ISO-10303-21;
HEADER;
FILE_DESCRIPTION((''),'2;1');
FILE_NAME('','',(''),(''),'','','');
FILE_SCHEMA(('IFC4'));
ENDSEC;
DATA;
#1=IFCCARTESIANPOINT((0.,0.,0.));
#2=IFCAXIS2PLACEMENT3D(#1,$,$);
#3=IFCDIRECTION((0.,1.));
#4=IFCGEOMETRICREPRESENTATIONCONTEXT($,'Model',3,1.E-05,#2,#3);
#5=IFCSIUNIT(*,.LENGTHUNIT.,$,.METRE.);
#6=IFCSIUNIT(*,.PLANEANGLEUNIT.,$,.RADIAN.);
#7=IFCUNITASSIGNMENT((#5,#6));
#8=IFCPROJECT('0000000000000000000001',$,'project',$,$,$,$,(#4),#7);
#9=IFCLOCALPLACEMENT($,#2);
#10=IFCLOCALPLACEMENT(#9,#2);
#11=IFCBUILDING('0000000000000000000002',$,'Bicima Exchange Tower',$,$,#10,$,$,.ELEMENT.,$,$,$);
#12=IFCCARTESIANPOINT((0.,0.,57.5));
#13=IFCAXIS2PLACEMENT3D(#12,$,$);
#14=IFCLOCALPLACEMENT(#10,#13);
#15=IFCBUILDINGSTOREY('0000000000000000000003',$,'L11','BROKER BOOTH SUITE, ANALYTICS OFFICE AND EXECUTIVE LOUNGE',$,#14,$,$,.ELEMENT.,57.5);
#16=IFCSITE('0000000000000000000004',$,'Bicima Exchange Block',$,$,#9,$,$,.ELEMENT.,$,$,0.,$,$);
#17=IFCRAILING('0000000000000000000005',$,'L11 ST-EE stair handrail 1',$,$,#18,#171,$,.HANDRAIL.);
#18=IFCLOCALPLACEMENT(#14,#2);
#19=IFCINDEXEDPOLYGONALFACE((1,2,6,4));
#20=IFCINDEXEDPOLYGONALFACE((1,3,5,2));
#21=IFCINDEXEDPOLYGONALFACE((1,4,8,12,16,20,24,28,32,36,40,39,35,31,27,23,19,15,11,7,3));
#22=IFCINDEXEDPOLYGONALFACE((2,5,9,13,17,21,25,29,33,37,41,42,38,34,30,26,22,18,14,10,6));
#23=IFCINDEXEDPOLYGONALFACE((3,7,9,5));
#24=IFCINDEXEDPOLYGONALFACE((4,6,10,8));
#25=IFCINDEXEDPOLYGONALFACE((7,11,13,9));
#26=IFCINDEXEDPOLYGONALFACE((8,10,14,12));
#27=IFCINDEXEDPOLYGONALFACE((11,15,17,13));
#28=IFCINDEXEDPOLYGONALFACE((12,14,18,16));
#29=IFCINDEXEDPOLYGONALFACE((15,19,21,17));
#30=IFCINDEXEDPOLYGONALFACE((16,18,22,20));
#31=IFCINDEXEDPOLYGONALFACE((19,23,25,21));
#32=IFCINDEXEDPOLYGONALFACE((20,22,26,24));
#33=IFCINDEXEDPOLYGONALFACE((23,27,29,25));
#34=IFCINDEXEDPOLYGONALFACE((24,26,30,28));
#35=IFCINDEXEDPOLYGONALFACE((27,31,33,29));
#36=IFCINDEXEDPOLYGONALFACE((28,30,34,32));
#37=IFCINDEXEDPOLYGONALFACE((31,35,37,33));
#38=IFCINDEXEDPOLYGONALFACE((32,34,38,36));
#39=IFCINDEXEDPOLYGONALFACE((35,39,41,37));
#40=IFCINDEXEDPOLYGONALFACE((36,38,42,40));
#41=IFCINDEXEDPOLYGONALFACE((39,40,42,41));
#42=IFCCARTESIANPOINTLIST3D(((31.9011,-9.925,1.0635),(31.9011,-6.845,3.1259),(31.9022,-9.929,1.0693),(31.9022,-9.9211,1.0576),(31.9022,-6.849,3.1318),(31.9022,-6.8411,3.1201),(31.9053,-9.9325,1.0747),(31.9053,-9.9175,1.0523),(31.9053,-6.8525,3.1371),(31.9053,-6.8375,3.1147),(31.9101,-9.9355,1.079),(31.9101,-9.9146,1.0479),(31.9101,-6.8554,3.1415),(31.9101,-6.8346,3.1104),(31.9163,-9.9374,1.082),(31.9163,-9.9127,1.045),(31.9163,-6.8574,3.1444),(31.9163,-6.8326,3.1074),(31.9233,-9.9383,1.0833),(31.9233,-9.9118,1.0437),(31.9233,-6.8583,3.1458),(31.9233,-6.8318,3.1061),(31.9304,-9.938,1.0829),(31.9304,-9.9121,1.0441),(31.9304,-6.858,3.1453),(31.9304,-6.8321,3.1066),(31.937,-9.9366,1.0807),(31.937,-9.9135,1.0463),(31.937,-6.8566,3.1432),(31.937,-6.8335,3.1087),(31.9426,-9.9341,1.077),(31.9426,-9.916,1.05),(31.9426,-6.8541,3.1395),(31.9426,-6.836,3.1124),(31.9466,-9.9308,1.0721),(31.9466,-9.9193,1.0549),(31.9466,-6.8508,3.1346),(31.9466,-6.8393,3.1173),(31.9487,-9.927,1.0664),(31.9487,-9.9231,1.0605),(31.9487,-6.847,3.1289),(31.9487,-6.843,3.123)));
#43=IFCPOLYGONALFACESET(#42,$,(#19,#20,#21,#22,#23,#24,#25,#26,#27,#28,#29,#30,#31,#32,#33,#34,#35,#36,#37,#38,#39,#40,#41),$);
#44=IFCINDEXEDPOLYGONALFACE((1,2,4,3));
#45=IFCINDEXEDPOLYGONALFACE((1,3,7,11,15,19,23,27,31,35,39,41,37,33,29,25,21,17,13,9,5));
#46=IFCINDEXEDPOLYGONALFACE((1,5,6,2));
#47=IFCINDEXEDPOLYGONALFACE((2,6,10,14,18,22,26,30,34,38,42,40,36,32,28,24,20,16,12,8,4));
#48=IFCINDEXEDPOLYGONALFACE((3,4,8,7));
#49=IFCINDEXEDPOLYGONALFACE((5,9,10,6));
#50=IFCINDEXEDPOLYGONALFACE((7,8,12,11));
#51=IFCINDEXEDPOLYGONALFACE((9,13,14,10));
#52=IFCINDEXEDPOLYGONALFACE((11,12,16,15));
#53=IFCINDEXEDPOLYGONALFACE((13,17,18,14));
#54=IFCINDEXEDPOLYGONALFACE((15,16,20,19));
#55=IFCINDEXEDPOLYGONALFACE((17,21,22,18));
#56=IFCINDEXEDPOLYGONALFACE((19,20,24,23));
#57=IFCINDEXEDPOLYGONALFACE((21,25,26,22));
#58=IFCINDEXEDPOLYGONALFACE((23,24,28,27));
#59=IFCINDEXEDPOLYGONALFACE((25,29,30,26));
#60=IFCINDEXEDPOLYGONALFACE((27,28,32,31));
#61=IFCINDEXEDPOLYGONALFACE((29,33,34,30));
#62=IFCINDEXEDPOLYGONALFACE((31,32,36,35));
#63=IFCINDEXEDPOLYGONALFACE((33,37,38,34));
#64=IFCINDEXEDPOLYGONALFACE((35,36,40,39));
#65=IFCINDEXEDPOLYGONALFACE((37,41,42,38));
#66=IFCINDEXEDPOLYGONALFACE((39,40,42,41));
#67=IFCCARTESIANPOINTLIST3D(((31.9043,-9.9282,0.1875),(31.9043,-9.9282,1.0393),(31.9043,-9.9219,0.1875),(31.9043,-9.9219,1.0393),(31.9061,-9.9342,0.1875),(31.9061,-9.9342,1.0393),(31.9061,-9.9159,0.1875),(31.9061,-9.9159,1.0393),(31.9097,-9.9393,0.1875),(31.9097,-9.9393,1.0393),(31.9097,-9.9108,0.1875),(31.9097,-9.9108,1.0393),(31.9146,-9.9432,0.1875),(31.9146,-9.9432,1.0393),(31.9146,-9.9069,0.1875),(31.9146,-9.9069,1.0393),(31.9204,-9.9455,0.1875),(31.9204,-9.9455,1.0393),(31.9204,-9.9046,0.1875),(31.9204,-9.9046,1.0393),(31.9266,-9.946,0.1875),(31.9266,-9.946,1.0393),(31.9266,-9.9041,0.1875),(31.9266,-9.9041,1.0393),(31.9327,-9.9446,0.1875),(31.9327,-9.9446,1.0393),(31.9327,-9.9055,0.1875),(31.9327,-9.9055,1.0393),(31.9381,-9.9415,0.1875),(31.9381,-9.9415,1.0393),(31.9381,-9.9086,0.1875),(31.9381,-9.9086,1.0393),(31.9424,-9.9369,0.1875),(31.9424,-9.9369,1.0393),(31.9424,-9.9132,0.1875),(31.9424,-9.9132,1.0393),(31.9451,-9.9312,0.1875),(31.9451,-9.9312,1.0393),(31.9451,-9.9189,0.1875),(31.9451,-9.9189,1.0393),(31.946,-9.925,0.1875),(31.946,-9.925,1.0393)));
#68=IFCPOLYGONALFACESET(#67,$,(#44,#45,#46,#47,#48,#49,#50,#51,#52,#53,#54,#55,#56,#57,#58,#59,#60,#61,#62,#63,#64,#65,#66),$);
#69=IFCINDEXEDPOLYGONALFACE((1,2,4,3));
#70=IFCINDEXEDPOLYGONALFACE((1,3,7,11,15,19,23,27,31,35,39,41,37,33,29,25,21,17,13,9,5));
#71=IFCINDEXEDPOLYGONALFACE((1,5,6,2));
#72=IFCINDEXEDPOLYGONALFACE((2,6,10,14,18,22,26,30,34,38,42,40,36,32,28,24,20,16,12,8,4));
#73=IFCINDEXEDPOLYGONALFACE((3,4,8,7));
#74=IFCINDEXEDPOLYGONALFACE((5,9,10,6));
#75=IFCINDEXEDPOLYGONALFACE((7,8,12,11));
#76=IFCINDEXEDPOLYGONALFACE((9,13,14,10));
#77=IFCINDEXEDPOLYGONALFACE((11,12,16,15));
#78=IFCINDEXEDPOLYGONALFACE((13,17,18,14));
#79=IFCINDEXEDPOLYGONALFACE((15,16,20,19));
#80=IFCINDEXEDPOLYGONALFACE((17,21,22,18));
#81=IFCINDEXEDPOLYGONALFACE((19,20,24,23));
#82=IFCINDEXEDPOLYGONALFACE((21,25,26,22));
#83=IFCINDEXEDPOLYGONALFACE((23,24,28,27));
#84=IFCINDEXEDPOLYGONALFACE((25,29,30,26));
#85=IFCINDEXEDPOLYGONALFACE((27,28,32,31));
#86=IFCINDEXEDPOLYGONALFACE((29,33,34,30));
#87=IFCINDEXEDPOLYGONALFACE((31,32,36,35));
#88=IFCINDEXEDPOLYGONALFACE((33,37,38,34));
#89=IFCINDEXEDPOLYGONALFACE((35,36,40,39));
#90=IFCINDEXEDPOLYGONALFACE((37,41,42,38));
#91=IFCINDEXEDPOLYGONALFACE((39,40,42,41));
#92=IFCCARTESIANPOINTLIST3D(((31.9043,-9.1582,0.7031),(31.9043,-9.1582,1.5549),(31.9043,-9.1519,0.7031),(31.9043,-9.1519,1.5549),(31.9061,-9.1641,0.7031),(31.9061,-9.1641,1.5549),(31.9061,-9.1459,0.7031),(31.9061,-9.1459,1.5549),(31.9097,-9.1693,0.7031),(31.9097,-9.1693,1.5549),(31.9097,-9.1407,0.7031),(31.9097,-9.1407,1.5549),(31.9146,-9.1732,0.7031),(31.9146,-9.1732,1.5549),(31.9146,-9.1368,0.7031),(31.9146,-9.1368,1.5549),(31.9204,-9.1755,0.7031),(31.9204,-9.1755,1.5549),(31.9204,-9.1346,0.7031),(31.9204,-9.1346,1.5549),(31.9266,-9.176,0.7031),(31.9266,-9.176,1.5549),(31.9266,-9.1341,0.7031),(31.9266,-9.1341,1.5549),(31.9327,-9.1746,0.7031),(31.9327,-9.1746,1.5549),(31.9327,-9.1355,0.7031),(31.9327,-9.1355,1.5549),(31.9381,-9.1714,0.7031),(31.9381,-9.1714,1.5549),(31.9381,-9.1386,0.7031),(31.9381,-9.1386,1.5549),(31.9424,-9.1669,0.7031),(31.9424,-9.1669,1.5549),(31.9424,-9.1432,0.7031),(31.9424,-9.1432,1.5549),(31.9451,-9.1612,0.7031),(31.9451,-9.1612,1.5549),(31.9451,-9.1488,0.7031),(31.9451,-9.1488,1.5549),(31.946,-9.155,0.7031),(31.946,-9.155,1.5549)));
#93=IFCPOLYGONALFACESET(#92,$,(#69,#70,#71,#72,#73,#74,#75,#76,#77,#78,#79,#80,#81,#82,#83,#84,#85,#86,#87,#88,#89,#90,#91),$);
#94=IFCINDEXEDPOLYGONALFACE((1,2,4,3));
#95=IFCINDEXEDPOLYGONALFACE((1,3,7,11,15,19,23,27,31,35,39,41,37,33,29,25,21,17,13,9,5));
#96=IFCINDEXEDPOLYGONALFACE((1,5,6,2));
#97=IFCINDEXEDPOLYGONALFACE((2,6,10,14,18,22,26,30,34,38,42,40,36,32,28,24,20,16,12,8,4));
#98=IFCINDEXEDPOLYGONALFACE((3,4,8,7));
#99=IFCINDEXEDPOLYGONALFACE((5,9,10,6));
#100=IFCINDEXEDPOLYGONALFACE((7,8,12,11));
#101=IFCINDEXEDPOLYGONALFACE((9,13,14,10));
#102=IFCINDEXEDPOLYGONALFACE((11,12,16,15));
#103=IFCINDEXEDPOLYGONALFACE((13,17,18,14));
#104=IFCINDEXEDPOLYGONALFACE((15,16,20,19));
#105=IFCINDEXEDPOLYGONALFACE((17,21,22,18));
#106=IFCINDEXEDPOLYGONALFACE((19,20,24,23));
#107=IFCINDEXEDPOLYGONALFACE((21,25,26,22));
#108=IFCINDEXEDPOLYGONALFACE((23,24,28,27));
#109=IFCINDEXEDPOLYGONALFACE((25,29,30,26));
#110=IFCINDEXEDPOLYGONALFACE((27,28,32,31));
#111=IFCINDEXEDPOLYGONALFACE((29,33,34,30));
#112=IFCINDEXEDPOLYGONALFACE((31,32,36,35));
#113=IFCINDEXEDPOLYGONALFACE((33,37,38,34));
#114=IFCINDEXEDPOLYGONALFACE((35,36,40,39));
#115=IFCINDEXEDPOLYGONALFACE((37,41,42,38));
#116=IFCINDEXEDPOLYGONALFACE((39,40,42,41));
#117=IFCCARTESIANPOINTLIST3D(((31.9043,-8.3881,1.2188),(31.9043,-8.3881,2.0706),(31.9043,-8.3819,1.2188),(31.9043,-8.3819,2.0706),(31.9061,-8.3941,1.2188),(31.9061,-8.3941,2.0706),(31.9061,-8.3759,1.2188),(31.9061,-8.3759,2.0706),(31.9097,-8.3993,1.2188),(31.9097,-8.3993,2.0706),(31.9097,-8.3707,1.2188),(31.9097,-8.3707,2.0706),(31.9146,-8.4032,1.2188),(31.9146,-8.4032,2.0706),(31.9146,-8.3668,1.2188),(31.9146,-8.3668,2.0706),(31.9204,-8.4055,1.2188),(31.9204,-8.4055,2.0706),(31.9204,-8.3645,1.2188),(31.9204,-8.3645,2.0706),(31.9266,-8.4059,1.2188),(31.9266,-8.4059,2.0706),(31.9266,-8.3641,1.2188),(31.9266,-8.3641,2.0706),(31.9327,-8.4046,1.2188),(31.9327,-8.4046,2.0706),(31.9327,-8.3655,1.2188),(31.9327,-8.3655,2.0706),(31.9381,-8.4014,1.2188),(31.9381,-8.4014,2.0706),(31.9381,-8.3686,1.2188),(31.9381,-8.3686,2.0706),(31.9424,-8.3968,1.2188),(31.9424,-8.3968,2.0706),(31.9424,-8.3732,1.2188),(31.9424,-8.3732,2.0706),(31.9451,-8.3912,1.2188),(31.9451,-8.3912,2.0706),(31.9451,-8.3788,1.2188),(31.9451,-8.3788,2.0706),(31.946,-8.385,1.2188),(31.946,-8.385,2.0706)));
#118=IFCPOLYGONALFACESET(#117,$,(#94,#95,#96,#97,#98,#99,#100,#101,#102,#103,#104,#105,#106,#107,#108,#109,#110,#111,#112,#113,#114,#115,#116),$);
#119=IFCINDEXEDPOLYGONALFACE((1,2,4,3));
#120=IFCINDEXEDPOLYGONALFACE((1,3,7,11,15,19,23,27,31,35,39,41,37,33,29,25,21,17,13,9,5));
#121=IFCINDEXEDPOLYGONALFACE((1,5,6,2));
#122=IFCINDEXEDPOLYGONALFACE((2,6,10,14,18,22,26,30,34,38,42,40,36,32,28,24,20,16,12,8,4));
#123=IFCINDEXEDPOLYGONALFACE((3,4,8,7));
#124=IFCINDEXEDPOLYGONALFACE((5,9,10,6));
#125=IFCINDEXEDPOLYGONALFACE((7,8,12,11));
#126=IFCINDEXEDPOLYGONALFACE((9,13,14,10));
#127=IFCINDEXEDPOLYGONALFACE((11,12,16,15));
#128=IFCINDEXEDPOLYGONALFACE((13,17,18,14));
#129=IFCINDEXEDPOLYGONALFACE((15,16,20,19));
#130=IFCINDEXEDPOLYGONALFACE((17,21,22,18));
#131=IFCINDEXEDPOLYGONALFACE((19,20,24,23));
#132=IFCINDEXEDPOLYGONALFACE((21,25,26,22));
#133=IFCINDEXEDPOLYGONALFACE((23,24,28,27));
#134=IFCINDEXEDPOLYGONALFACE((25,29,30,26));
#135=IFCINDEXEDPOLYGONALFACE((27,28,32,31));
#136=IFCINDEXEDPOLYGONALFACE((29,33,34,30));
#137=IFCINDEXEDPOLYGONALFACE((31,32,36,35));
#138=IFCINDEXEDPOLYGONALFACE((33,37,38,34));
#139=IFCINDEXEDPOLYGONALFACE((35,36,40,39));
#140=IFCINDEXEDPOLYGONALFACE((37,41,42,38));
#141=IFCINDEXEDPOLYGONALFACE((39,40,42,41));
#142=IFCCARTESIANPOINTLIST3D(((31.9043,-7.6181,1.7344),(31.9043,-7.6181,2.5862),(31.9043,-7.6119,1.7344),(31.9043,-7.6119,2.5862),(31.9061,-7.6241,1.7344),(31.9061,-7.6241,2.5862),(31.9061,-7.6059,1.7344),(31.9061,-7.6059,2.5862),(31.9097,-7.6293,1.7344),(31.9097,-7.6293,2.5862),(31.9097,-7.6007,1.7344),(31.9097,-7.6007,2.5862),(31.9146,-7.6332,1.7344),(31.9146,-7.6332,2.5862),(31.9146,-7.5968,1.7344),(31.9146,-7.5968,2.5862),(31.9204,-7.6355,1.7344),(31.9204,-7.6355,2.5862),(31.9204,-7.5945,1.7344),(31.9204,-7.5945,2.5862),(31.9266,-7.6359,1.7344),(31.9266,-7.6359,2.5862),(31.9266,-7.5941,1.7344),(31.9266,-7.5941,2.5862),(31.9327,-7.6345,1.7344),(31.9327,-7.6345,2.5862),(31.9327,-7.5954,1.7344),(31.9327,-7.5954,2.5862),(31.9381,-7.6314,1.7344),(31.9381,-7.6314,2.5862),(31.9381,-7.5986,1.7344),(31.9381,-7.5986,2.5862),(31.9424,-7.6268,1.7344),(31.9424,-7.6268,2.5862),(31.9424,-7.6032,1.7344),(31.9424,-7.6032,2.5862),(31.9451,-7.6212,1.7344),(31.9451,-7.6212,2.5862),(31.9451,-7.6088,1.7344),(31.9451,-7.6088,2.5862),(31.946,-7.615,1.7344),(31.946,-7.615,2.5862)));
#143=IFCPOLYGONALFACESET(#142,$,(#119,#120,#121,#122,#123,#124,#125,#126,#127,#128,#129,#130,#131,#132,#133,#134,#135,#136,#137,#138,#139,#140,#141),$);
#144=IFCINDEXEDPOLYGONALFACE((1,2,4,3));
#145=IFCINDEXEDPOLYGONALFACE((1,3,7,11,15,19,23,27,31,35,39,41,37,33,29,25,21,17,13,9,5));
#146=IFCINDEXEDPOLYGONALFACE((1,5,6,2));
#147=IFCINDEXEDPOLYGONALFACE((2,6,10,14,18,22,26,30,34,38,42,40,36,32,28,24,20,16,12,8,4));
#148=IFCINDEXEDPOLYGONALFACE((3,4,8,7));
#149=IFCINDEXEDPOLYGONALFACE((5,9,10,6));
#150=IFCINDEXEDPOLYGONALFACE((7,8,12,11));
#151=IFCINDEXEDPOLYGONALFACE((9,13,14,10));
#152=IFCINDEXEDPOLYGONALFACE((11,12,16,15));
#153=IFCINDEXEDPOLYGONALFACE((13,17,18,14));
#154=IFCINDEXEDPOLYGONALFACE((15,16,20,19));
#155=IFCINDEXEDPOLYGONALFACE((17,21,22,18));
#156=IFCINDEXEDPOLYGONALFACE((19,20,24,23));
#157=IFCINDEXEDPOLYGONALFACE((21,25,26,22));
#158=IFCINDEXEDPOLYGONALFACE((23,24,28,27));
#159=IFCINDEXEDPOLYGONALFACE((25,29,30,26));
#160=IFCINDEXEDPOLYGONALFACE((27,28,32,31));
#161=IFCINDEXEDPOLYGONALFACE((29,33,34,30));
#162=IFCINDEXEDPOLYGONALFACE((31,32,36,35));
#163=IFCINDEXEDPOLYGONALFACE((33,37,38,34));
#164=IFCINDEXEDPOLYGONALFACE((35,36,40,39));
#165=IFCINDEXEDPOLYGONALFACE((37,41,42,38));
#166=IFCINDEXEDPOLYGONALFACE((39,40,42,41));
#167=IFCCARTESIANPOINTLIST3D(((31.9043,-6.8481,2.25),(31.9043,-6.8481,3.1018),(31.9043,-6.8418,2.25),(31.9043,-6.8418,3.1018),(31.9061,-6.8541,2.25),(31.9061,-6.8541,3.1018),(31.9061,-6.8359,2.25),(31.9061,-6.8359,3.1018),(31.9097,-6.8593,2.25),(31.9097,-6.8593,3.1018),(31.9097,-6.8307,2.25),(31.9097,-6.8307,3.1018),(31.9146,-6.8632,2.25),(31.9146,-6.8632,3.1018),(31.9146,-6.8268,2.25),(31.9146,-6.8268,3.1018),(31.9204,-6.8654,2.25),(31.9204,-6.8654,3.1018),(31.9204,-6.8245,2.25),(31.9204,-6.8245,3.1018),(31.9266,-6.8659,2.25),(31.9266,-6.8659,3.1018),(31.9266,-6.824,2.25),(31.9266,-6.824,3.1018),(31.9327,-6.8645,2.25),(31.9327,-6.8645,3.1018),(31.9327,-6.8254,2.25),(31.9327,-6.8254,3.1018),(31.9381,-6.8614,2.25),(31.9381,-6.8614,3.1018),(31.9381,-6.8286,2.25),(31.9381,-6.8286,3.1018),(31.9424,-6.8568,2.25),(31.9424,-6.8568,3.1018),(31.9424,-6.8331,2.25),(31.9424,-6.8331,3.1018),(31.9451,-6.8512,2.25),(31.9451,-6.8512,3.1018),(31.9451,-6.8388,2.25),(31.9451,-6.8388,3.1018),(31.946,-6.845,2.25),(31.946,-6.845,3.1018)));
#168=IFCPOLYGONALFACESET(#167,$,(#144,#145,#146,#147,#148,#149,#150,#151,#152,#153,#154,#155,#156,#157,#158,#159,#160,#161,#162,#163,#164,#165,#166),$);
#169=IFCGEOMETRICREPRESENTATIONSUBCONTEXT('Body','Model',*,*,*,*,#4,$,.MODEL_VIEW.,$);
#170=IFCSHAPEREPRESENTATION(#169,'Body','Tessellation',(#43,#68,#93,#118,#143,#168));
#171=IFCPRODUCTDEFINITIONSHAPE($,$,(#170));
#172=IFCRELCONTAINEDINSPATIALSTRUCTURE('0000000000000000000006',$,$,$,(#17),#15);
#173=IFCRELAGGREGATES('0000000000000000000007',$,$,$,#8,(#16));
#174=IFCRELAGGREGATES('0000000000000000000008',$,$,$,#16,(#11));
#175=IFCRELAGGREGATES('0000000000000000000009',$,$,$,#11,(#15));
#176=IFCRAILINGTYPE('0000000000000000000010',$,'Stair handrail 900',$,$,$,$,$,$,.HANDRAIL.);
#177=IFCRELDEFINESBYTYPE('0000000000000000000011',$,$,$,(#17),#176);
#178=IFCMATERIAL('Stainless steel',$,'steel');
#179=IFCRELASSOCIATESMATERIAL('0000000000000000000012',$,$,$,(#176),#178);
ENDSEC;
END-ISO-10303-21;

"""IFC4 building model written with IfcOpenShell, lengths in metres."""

from ifc_helpers import new_model, si_unit, direction, frame, origin, origin_2d, place, context, subcontext, project, spatial, circle, extrude, material, type_object, element, save


model = new_model("IFC4")

# Units and contexts
model_context = context("Model", 3, precision=1e-05, world=origin(), true_north=direction((0.0, 1.0)))
body_context = subcontext(model_context, "Body", "Model", "MODEL_VIEW")
ifc_project = project(units=[si_unit("LENGTHUNIT", "METRE"), si_unit("PLANEANGLEUNIT", "RADIAN")], contexts=[model_context])

# Site, building, storey
site_placement = place(None, origin())
site = spatial("IfcSite", under=ifc_project, at=site_placement, Name="Bicima Exchange Block", CompositionType="ELEMENT", RefElevation=0.0)
building_placement = place(site_placement, origin())
building = spatial("IfcBuilding", under=site, at=building_placement, Name="Bicima Exchange Tower", CompositionType="ELEMENT")
storey_placement = place(building_placement, frame((0.0, 0.0, 57.5)))
storey = spatial("IfcBuildingStorey", under=building, at=storey_placement, Name="L11", Description="BROKER BOOTH SUITE, ANALYTICS OFFICE AND EXECUTIVE LOUNGE", CompositionType="ELEMENT", Elevation=57.5)

# Railing
ifc_material_1 = material(Name="Stainless steel", Category="steel")
railing_type_1 = type_object("IfcRailingType", Name="Stair handrail 900", PredefinedType="HANDRAIL", material=ifc_material_1)
railing_1_placement = place(storey_placement, frame((31.925, -9.925, 0.1875)))
element("IfcRailing", 1, at=railing_1_placement, inside=storey, type_object=railing_type_1, Name="L11 ST-EE stair handrail 1", PredefinedType="HANDRAIL", context=body_context, shape_type="SweptSolid", body=[
    extrude(circle(Radius=0.0239, at=origin_2d()), frame((0.0, 0.0, 0.876), z_axis=(0.0, 0.830914, 0.556401), x_axis=(-1.0, 0.0, 0.0)), (0.0, 0.0, 1.0), 3.7068),
    extrude(circle(Radius=0.021, at=origin_2d()), origin(), (0.0, 0.0, 1.0), 0.8518),
    extrude(circle(Radius=0.021, at=origin_2d()), frame((0.0, 0.77, 0.5156)), (0.0, 0.0, 1.0), 0.8518),
    extrude(circle(Radius=0.021, at=origin_2d()), frame((0.0, 1.54, 1.0312)), (0.0, 0.0, 1.0), 0.8518),
    extrude(circle(Radius=0.021, at=origin_2d()), frame((0.0, 2.3101, 1.5469)), (0.0, 0.0, 1.0), 0.8518),
    extrude(circle(Radius=0.021, at=origin_2d()), frame((0.0, 3.0801, 2.0625)), (0.0, 0.0, 1.0), 0.8518),
])

save(model, "model.ifc")
